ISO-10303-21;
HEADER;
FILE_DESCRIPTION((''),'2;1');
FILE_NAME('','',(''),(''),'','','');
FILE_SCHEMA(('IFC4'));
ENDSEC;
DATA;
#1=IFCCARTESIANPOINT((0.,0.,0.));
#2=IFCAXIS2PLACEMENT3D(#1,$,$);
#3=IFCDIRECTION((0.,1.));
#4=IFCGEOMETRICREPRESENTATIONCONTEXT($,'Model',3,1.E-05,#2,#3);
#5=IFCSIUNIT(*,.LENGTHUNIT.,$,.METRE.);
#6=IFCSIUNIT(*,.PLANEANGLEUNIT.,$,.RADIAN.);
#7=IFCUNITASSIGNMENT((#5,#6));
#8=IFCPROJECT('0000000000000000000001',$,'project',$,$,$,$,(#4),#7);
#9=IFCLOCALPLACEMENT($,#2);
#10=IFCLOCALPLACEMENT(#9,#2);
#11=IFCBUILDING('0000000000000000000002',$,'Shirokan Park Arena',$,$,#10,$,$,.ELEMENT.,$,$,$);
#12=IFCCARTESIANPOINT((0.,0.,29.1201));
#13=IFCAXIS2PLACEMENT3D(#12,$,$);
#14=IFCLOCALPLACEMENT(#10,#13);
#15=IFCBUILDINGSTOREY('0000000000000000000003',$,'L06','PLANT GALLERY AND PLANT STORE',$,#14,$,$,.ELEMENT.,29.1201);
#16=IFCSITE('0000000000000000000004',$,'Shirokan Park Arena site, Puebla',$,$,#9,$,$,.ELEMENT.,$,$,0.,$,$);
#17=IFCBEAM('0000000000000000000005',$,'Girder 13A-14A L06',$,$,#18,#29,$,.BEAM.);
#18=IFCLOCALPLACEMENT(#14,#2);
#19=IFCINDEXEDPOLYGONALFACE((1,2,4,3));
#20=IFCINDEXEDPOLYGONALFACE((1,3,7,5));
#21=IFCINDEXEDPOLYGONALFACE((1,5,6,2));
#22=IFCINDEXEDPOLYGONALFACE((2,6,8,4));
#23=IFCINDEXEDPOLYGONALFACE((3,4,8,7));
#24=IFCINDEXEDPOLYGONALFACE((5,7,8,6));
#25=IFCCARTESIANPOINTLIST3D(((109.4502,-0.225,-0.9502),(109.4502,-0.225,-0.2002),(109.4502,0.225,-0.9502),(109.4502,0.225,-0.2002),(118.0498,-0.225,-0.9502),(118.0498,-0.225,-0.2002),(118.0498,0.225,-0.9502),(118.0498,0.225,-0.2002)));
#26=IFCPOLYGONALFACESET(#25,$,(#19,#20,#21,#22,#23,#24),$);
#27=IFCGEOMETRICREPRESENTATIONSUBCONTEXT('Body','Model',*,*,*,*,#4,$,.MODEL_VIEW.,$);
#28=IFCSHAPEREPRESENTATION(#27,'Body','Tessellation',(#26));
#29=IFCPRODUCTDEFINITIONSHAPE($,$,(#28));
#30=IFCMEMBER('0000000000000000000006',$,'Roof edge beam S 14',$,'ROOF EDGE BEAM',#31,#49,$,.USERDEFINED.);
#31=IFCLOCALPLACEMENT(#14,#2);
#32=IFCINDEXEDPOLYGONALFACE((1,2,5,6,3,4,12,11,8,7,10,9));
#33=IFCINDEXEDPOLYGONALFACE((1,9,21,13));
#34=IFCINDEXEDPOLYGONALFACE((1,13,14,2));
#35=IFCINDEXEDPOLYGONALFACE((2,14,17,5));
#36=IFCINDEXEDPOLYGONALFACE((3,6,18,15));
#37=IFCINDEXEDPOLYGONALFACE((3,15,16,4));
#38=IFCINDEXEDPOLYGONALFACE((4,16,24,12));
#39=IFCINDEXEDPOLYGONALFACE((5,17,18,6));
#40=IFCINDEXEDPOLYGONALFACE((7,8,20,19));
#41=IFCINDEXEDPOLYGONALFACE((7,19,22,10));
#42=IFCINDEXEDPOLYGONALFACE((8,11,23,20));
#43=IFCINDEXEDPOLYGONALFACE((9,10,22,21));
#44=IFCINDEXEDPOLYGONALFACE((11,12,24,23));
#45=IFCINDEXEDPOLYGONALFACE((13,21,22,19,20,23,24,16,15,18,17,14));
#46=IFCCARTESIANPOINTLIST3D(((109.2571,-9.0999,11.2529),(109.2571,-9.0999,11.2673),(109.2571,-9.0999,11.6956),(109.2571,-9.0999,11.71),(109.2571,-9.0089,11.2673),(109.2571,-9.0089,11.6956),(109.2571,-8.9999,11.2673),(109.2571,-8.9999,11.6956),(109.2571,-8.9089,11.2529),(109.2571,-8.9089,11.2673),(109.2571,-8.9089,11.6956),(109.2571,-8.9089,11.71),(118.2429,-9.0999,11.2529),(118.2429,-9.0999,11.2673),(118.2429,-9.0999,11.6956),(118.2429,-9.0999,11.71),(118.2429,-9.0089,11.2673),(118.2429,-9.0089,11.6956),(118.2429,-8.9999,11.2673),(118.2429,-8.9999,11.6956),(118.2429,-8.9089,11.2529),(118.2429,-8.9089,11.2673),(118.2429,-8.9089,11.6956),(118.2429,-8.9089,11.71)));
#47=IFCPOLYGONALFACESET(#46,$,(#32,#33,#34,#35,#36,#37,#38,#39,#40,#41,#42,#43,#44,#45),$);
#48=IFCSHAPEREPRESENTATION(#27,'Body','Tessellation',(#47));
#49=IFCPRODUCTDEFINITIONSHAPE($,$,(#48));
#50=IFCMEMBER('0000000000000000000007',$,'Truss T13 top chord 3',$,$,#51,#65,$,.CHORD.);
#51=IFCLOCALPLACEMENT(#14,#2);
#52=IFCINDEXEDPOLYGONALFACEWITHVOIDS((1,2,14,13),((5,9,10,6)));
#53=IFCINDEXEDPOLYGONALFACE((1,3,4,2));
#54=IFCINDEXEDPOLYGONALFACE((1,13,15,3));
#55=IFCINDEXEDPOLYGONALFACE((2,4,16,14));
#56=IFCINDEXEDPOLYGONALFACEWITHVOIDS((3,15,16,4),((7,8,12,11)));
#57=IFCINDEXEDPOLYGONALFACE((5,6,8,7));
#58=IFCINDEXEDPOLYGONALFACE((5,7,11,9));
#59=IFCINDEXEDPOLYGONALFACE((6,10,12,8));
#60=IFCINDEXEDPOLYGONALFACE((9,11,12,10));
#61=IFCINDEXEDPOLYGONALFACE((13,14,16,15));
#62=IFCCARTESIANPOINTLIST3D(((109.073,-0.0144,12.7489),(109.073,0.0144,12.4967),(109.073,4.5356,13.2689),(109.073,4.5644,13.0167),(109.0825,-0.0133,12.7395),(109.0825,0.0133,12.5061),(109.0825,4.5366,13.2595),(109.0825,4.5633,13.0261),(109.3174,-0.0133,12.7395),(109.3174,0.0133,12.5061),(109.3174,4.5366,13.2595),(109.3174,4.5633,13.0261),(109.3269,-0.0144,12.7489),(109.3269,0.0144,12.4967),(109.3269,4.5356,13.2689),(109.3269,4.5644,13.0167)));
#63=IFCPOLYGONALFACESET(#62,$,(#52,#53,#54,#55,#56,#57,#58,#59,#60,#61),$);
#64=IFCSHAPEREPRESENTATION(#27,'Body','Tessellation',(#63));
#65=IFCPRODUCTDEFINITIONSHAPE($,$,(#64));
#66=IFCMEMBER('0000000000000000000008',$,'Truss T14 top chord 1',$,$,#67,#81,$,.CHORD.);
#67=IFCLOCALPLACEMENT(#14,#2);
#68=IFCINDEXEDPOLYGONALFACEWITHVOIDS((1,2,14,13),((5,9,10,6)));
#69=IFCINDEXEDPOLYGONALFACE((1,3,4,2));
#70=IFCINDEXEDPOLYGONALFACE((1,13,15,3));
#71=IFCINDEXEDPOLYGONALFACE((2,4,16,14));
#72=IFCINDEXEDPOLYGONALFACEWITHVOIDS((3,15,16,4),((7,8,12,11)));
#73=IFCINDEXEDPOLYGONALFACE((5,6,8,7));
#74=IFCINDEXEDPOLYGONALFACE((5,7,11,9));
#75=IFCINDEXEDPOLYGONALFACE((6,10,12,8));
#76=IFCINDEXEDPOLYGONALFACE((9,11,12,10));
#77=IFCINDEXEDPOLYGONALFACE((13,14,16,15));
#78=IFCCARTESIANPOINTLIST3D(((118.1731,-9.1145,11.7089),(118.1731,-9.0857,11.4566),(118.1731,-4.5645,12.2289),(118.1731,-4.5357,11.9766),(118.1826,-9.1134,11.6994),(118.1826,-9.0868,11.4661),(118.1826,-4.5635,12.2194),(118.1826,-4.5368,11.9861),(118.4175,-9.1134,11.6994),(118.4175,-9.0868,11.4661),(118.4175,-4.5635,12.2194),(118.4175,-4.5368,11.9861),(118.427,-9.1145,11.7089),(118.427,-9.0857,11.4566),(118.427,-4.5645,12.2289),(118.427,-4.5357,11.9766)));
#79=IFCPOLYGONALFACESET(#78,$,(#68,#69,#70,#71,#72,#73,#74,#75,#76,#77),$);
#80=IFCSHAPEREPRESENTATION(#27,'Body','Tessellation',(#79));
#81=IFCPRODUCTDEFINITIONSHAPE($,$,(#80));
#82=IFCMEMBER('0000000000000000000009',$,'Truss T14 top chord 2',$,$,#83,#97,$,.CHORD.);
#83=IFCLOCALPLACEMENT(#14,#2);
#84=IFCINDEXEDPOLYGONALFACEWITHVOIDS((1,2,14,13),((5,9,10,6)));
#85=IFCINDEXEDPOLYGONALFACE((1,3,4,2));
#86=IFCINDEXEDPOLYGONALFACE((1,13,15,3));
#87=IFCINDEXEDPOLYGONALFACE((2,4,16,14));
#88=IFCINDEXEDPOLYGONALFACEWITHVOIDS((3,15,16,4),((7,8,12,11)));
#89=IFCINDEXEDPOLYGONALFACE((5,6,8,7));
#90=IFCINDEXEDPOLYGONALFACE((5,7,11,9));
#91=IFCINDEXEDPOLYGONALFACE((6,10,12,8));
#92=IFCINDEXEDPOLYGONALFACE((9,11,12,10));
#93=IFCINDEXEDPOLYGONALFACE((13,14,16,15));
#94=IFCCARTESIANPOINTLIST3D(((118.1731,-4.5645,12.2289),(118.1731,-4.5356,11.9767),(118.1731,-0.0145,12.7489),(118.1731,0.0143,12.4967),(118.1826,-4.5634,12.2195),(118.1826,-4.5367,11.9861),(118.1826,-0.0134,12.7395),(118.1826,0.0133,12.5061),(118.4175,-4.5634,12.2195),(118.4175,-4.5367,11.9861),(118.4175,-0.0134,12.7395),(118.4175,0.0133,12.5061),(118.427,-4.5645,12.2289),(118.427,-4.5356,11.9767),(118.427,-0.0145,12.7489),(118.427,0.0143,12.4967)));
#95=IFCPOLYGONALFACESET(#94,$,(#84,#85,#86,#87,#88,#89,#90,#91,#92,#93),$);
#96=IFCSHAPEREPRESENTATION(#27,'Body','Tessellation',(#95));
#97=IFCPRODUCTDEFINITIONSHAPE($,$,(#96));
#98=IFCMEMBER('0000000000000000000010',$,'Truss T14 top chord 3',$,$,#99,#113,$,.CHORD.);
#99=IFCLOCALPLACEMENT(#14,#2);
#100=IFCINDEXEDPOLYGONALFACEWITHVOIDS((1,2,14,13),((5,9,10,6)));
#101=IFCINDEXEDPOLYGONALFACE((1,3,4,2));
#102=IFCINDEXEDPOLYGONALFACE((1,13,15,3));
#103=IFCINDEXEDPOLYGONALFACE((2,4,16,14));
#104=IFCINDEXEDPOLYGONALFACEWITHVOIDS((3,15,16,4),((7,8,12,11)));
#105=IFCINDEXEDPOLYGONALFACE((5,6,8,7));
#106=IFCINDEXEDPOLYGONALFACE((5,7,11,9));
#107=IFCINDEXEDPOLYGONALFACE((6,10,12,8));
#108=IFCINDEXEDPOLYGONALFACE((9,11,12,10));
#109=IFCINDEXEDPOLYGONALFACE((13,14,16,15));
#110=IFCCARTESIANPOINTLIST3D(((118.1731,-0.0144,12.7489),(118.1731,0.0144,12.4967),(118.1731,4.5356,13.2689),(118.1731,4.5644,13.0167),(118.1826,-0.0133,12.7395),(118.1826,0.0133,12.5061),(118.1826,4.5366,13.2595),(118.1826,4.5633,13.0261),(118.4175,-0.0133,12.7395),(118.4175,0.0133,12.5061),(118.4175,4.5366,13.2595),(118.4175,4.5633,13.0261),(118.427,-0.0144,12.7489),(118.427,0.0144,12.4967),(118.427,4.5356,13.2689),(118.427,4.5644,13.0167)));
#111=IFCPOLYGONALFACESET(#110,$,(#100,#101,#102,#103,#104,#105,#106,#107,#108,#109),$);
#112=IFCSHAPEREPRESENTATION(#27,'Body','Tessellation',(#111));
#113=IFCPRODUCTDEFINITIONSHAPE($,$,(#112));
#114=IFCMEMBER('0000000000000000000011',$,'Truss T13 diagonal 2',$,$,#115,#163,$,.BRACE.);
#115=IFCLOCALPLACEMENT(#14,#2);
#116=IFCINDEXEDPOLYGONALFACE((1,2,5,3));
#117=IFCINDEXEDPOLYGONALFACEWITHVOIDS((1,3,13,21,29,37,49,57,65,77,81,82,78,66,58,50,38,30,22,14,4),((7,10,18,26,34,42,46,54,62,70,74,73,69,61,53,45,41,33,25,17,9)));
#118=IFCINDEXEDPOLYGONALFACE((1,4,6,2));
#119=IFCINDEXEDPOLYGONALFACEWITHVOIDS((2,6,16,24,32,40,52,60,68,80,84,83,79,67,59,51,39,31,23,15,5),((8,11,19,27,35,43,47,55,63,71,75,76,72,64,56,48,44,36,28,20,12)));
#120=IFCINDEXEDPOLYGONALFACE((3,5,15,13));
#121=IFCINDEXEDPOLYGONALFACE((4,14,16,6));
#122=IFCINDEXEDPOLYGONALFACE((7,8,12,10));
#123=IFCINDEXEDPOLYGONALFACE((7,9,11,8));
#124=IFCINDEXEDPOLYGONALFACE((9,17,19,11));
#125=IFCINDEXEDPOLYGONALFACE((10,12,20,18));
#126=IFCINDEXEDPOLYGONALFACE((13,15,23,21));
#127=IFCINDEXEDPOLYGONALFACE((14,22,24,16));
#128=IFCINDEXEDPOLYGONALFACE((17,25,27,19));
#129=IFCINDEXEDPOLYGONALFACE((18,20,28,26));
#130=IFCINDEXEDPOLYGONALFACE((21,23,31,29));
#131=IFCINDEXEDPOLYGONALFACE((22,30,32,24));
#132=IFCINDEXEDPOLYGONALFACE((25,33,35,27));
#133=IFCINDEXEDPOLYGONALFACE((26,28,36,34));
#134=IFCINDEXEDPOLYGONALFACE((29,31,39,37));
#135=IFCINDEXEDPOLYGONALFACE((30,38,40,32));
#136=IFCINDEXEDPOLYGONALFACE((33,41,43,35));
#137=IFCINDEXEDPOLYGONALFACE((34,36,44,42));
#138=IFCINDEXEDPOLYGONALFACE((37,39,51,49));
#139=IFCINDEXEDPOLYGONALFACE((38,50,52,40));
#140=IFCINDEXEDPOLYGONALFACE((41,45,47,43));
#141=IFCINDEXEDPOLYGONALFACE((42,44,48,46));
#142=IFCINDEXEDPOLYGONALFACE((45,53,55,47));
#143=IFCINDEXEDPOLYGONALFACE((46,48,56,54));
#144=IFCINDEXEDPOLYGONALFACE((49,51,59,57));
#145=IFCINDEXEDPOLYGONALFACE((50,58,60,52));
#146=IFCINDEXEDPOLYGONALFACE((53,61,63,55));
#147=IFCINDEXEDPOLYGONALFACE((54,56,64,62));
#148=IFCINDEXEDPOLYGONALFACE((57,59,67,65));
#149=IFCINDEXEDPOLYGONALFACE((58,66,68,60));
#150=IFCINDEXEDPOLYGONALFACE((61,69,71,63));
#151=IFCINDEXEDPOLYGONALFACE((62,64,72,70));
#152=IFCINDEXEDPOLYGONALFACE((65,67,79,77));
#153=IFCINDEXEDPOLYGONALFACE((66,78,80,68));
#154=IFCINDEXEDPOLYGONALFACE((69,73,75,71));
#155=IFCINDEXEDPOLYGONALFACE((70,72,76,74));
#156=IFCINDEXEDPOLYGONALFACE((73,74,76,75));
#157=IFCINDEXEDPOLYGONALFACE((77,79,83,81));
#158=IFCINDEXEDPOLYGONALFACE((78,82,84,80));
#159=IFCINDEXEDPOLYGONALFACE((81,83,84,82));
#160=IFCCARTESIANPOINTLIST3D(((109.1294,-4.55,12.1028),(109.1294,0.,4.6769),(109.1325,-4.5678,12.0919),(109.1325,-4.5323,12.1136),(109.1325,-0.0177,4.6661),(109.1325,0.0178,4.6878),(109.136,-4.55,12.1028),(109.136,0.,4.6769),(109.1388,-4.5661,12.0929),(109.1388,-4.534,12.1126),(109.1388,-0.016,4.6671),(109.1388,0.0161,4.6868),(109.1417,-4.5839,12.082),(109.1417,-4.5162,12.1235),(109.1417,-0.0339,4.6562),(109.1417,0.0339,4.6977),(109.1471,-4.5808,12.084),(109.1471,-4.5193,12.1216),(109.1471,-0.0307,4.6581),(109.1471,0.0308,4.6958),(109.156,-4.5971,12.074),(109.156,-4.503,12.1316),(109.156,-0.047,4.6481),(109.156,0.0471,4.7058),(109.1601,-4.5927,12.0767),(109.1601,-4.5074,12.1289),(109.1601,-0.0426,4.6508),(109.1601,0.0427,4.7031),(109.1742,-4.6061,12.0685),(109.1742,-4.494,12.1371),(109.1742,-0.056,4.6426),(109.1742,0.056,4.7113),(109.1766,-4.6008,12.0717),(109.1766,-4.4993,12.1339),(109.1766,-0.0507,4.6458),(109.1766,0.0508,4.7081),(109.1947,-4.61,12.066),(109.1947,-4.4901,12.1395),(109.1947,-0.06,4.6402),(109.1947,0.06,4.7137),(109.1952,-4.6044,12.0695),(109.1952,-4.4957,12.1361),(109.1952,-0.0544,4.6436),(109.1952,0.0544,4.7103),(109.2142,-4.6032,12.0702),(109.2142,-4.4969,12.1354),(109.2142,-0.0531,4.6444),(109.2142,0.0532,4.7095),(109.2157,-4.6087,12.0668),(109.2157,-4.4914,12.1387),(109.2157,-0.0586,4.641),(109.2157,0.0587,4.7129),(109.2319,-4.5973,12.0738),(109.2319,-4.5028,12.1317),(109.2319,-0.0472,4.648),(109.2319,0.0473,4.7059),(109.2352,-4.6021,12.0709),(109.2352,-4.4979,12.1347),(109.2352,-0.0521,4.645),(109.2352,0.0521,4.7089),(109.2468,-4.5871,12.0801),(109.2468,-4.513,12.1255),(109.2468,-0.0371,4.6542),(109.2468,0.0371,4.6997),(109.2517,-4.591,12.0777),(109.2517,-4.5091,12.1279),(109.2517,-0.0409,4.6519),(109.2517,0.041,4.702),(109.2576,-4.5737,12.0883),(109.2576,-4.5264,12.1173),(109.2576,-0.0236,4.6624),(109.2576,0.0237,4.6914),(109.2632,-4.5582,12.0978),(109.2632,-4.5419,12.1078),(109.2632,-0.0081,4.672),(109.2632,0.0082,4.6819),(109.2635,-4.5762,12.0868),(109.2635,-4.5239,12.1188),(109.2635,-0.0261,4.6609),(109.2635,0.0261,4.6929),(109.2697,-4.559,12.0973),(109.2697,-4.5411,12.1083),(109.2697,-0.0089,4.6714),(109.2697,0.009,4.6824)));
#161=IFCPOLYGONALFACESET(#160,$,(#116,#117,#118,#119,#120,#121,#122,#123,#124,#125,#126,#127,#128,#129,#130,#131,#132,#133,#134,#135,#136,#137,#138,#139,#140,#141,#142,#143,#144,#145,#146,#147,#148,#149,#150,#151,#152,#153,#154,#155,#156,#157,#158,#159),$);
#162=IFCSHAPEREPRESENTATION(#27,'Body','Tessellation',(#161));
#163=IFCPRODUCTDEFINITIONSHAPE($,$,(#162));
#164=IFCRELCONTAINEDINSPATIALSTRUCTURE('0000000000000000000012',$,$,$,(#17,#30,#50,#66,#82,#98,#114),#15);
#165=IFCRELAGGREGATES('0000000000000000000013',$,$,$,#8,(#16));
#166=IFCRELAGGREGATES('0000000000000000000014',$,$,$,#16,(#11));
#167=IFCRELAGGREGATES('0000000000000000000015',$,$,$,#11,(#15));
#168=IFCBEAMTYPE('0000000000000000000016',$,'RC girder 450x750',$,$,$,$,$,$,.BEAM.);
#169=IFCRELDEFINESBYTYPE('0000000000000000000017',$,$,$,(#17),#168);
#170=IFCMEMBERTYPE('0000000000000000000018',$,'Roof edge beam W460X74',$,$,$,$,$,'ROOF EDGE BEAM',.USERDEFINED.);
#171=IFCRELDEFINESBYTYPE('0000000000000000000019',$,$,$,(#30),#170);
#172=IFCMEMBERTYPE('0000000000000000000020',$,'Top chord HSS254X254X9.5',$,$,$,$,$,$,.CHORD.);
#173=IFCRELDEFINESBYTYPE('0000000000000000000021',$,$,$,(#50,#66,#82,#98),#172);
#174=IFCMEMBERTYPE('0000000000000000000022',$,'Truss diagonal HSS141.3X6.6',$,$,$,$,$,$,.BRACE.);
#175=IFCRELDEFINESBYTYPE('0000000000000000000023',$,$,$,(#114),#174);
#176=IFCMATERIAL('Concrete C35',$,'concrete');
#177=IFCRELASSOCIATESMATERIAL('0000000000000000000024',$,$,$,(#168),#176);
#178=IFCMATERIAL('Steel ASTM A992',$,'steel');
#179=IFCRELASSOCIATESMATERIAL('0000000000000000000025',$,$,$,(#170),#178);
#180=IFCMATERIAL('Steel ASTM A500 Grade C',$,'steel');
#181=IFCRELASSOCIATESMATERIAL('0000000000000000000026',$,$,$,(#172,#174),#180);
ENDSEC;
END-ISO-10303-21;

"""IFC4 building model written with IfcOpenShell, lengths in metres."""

from ifc_helpers import new_model, si_unit, direction, frame, origin, origin_2d, place, context, subcontext, project, spatial, rectangle, hollow_rectangle, hollow_circle, i_section, extrude, material, material_profile, profile_set, type_object, element, save


model = new_model("IFC4")

# Units and contexts
model_context = context("Model", 3, precision=1e-05, world=origin(), true_north=direction((0.0, 1.0)))
body_context = subcontext(model_context, "Body", "Model", "MODEL_VIEW")
ifc_project = project(units=[si_unit("LENGTHUNIT", "METRE"), si_unit("PLANEANGLEUNIT", "RADIAN")], contexts=[model_context])

# Site, building, storey
site_placement = place(None, origin())
site = spatial("IfcSite", under=ifc_project, at=site_placement, Name="Shirokan Park Arena site, Puebla", CompositionType="ELEMENT", RefElevation=0.0)
building_placement = place(site_placement, origin())
building = spatial("IfcBuilding", under=site, at=building_placement, Name="Shirokan Park Arena", CompositionType="ELEMENT")
storey_placement = place(building_placement, frame((0.0, 0.0, 29.1201)))
storey = spatial("IfcBuildingStorey", under=building, at=storey_placement, Name="L06", Description="PLANT GALLERY AND PLANT STORE", CompositionType="ELEMENT", Elevation=29.1201)

# Shared definitions
ifc_material_1 = material(Name="Concrete C35", Category="concrete")

# Shared definitions
ifc_material_2 = material(Name="Steel ASTM A500 Grade C", Category="steel")
ifc_material_3 = material(Name="Steel ASTM A992", Category="steel")

# Beam
ifc_material_profile_1 = material_profile(ifc_material_1, rectangle(XDim=0.45, YDim=0.75, at=origin_2d()), Name="450x750")
ifc_profile_set_1 = profile_set([ifc_material_profile_1], Name="Concrete C35")
beam_type = type_object("IfcBeamType", Name="RC girder 450x750", PredefinedType="BEAM", material=ifc_profile_set_1)
beam_placement = place(storey_placement, frame((109.4502, 0.0, -0.5752), z_axis=(1.0, 0.0, 0.0), x_axis=(0.0, 1.0, 0.0)))
element("IfcBeam", 1, at=beam_placement, inside=storey, type_object=beam_type, Name="Girder 13A-14A L06", PredefinedType="BEAM", context=body_context, shape_type="SweptSolid", body=[
    extrude(rectangle(XDim=0.45, YDim=0.75, at=origin_2d()), origin(), (0.0, 0.0, 1.0), 8.5996),
])

# Members
ifc_material_profile_2 = material_profile(ifc_material_3, i_section(OverallWidth=0.1909, OverallDepth=0.457, WebThickness=0.009, FlangeThickness=0.0144, at=origin_2d()), Name="W460X74")
ifc_profile_set_2 = profile_set([ifc_material_profile_2], Name="Steel ASTM A992")
member_type_1 = type_object("IfcMemberType", Name="Roof edge beam W460X74", ElementType="ROOF EDGE BEAM", PredefinedType="USERDEFINED", material=ifc_profile_set_2)
member_1_placement = place(storey_placement, frame((109.2571, -9.0044, 11.4814), z_axis=(1.0, 0.0, 0.0), x_axis=(0.0, 1.0, 0.0)))
element("IfcMember", 2, at=member_1_placement, inside=storey, type_object=member_type_1, Name="Roof edge beam S 14", ObjectType="ROOF EDGE BEAM", PredefinedType="USERDEFINED", context=body_context, shape_type="SweptSolid", body=[
    extrude(i_section(OverallWidth=0.1909, OverallDepth=0.457, WebThickness=0.009, FlangeThickness=0.0144, at=origin_2d()), origin(), (0.0, 0.0, 1.0), 8.9858),
])
ifc_material_profile_3 = material_profile(ifc_material_2, hollow_rectangle(XDim=0.2539, YDim=0.2539, WallThickness=0.0095, at=origin_2d()), Name="HSS254X254X9.5")
ifc_profile_set_3 = profile_set([ifc_material_profile_3], Name="Steel ASTM A500 Grade C")
member_type_2 = type_object("IfcMemberType", Name="Top chord HSS254X254X9.5", PredefinedType="CHORD", material=ifc_profile_set_3)
for number, where, z_axis, x_axis, name in (
    (3, (109.2, 0.0, 12.6228), (0.0, 0.993532, 0.11355), (-1.0, 0.0, 0.0), "Truss T13 top chord 3"),
    (4, (118.3, -9.1001, 11.5828), (0.0, 0.993532, 0.11355), (-1.0, 0.0, 0.0), "Truss T14 top chord 1"),
    (5, (118.3, -4.55, 12.1028), (0.0, 0.993532, 0.11355), (-1.0, 0.0, 0.0), "Truss T14 top chord 2"),
    (6, (118.3, 0.0, 12.6228), (0.0, 0.993532, 0.11355), (-1.0, 0.0, 0.0), "Truss T14 top chord 3"),
):
    element("IfcMember", number, at=place(storey_placement, frame(where, z_axis=z_axis, x_axis=x_axis)), inside=storey, type_object=member_type_2, Name=name, PredefinedType="CHORD", context=body_context, shape_type="SweptSolid", body=[
        extrude(hollow_rectangle(XDim=0.2539, YDim=0.2539, WallThickness=0.0095, at=origin_2d()), origin(), (0.0, 0.0, 1.0), 4.5796),
    ])
ifc_material_profile_4 = material_profile(ifc_material_2, hollow_circle(Radius=0.0706, WallThickness=0.0066, at=origin_2d()), Name="HSS141.3X6.6")
ifc_profile_set_4 = profile_set([ifc_material_profile_4], Name="Steel ASTM A500 Grade C")
member_type_3 = type_object("IfcMemberType", Name="Truss diagonal HSS141.3X6.6", PredefinedType="BRACE", material=ifc_profile_set_4)
member_2_placement = place(storey_placement, frame((109.2, -4.55, 12.1028), z_axis=(0.0, 0.522459, -0.852665), x_axis=(-1.0, 0.0, 0.0)))
element("IfcMember", 7, at=member_2_placement, inside=storey, type_object=member_type_3, Name="Truss T13 diagonal 2", PredefinedType="BRACE", context=body_context, shape_type="SweptSolid", body=[
    extrude(hollow_circle(Radius=0.0706, WallThickness=0.0066, at=origin_2d()), origin(), (0.0, 0.0, 1.0), 8.709),
])

save(model, "model.ifc")
